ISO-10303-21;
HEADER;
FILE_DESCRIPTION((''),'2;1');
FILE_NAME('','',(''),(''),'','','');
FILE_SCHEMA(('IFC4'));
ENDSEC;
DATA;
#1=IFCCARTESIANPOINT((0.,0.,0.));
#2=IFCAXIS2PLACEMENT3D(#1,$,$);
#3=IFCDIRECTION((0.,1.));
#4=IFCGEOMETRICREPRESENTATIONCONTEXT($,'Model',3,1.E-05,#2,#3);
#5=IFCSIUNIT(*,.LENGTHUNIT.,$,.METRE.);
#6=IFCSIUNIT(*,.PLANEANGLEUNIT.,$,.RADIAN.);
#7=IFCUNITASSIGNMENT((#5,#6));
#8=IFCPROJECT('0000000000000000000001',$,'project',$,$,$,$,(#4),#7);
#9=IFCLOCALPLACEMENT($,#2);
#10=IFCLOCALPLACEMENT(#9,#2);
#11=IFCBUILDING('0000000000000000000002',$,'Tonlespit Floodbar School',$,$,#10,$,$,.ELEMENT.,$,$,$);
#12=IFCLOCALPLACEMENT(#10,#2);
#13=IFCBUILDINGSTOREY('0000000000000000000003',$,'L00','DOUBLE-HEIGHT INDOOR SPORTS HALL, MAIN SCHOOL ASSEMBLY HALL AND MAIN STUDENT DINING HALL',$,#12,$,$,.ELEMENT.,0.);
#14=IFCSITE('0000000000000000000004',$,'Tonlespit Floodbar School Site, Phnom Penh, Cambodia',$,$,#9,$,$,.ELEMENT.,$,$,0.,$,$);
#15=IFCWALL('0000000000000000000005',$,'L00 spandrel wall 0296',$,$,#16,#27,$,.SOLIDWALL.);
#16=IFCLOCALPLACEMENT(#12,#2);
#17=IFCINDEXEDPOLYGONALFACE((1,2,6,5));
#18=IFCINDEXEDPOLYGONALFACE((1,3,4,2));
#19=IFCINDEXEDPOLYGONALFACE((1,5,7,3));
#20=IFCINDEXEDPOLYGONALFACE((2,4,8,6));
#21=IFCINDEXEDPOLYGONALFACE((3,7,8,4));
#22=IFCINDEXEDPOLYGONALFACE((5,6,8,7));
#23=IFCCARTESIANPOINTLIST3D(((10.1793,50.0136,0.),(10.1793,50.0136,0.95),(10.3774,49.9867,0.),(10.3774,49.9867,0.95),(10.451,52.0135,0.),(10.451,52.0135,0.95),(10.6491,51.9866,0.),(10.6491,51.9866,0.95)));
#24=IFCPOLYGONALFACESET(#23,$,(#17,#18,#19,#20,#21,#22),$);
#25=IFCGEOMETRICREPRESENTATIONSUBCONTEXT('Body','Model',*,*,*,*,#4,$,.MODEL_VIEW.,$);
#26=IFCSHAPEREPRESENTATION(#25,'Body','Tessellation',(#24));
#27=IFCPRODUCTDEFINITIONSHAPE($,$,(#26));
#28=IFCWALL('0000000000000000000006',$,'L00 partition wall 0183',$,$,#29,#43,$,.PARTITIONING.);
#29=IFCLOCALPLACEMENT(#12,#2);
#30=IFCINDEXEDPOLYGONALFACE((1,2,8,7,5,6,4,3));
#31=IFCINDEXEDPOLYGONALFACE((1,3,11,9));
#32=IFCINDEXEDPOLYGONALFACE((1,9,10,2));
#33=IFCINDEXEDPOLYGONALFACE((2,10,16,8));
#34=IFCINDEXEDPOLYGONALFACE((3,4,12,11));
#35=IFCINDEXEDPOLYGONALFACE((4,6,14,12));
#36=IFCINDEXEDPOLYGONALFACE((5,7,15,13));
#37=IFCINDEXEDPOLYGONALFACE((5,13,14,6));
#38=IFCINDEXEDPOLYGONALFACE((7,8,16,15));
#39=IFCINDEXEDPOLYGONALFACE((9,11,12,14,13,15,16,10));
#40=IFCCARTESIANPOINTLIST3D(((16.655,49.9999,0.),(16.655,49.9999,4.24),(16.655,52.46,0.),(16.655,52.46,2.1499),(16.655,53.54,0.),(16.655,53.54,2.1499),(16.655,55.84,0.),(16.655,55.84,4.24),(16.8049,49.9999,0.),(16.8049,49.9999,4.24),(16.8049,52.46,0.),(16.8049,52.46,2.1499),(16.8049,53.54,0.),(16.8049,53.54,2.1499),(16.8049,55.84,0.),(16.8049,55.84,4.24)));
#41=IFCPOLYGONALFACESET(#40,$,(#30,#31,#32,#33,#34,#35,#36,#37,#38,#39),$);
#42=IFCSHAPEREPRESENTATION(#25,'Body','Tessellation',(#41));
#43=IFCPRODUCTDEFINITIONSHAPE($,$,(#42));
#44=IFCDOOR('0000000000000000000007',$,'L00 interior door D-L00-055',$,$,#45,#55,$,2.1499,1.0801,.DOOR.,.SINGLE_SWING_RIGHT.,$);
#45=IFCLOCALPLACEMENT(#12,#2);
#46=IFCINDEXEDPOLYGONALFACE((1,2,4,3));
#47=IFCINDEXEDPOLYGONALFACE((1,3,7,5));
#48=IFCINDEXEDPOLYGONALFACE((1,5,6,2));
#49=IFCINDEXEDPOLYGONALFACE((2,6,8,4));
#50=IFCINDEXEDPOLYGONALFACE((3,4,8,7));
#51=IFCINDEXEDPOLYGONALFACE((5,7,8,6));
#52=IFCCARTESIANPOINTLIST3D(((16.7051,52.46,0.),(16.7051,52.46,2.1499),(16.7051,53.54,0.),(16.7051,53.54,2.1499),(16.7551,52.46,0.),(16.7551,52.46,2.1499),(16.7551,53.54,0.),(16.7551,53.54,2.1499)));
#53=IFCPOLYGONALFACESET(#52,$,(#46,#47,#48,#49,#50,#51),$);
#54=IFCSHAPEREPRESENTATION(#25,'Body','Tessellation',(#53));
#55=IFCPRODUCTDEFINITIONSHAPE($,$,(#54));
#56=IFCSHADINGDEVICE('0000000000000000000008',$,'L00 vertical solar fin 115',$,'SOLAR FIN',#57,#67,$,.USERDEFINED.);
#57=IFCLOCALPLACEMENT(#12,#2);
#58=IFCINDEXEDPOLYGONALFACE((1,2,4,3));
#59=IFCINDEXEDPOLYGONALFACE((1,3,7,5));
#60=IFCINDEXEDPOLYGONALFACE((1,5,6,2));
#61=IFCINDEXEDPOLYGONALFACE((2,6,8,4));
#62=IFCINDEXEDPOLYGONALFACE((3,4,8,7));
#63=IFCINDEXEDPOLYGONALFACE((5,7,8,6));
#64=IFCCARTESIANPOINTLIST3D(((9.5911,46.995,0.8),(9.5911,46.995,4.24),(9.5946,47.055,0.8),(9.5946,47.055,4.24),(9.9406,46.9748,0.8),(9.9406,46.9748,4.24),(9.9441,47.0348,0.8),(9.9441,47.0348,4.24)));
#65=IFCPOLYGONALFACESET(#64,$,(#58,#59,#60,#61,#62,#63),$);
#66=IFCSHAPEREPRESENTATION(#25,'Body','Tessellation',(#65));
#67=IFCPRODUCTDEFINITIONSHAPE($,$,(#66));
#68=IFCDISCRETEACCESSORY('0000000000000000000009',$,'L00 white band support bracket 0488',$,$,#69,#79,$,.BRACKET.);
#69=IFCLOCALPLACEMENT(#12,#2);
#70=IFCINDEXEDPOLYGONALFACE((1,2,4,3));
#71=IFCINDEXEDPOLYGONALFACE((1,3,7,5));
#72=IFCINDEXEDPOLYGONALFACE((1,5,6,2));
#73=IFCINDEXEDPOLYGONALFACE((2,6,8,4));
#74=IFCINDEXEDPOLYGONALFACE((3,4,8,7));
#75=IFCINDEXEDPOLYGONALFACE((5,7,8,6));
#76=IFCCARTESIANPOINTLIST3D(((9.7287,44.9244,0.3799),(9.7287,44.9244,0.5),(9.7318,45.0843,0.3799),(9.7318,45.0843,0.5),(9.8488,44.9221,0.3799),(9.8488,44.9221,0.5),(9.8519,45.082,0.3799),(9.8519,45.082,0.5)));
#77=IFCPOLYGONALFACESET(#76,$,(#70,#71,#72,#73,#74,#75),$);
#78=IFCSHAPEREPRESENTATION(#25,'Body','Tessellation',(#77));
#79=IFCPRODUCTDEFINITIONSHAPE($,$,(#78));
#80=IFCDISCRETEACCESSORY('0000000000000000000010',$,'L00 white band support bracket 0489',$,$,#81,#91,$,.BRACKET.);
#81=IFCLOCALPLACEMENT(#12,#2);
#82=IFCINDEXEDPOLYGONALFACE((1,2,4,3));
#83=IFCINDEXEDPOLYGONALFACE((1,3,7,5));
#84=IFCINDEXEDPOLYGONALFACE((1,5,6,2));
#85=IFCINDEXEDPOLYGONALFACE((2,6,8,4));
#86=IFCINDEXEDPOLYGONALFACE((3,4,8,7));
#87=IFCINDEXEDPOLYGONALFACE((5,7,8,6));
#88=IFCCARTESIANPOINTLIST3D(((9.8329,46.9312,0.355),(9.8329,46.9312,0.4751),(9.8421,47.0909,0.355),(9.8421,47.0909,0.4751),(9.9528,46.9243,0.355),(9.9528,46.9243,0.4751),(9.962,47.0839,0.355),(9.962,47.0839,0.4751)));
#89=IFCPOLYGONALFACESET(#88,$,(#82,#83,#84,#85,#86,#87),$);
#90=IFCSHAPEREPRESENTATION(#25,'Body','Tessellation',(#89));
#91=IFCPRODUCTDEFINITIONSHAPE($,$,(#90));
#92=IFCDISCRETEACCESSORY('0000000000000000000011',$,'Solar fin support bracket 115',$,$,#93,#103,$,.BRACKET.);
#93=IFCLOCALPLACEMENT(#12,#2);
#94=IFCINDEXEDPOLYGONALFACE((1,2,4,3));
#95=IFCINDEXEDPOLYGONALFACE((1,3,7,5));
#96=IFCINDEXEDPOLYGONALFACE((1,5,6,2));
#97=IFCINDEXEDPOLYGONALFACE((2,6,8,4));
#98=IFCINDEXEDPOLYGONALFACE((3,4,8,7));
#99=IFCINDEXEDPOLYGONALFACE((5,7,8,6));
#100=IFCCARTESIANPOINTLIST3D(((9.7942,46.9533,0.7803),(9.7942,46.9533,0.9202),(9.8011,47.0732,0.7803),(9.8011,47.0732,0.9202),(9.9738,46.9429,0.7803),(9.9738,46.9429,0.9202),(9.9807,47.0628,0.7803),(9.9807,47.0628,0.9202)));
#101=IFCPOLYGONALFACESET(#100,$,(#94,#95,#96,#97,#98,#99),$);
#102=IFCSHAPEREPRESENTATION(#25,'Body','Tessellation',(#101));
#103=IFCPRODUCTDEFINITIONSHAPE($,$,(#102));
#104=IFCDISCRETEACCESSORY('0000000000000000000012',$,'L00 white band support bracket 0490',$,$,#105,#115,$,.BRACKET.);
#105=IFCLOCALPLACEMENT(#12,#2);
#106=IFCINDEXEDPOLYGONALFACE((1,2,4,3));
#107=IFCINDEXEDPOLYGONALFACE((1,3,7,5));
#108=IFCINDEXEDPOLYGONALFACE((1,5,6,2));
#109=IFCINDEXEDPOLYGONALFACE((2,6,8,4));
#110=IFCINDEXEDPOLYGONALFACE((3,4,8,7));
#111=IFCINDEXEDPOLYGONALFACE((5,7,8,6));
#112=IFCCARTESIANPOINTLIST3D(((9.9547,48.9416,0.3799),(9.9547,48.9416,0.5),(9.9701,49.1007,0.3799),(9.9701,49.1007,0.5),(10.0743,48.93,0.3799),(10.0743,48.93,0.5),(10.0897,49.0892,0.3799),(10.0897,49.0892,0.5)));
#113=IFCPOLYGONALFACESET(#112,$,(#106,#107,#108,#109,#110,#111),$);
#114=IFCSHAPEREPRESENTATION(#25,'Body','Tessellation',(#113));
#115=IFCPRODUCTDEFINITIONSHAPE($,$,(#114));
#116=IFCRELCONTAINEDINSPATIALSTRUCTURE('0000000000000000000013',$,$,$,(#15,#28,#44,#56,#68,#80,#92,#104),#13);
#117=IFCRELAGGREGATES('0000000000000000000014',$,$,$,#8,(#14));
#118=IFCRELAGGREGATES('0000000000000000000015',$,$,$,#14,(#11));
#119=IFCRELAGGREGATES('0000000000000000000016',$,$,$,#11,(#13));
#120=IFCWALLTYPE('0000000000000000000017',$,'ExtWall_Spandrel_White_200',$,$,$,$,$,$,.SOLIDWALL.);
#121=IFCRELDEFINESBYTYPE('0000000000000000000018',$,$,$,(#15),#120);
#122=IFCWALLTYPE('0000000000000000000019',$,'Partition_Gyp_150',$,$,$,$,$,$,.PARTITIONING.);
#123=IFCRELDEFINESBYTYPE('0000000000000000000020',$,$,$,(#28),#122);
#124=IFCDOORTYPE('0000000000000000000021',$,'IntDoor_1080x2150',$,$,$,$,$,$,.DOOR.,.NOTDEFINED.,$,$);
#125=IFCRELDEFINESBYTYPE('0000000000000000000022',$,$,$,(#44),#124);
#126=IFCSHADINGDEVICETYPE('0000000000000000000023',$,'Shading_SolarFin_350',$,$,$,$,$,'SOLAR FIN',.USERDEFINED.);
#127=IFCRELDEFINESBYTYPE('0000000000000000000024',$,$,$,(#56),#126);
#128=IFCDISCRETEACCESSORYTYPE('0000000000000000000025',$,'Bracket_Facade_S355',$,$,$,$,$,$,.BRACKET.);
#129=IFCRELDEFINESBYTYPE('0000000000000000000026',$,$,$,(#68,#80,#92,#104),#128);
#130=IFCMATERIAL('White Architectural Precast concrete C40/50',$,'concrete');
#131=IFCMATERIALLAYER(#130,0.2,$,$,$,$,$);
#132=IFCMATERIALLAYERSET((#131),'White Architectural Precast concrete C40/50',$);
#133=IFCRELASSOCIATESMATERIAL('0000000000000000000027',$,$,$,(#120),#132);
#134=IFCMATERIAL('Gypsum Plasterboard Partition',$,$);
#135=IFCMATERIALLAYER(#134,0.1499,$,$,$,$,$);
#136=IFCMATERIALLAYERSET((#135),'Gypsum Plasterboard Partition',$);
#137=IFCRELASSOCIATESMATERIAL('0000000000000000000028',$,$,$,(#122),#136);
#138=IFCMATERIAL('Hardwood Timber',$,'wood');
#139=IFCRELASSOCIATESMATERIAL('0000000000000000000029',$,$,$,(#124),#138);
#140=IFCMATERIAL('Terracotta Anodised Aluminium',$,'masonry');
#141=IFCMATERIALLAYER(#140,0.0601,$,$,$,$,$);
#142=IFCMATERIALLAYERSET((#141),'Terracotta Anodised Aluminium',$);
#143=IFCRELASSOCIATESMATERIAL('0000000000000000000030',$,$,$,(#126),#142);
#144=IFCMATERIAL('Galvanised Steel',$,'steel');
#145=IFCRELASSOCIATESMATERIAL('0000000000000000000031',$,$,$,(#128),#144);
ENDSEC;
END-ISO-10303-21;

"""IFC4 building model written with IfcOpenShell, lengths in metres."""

from ifc_helpers import new_model, si_unit, direction, frame, frame_2d, origin, origin_2d, place, context, subcontext, project, spatial, rectangle, extrude, material, layer, layer_set, type_object, element, fill, save


model = new_model("IFC4")

# Units and contexts
model_context = context("Model", 3, precision=1e-05, world=origin(), true_north=direction((0.0, 1.0)))
body_context = subcontext(model_context, "Body", "Model", "MODEL_VIEW")
ifc_project = project(units=[si_unit("LENGTHUNIT", "METRE"), si_unit("PLANEANGLEUNIT", "RADIAN")], contexts=[model_context])

# Site, building, storey
site_placement = place(None, origin())
site = spatial("IfcSite", under=ifc_project, at=site_placement, Name="Tonlespit Floodbar School Site, Phnom Penh, Cambodia", CompositionType="ELEMENT", RefElevation=0.0)
building_placement = place(site_placement, origin())
building = spatial("IfcBuilding", under=site, at=building_placement, Name="Tonlespit Floodbar School", CompositionType="ELEMENT")
storey_placement = place(building_placement, origin())
storey = spatial("IfcBuildingStorey", under=building, at=storey_placement, Name="L00", Description="DOUBLE-HEIGHT INDOOR SPORTS HALL, MAIN SCHOOL ASSEMBLY HALL AND MAIN STUDENT DINING HALL", CompositionType="ELEMENT", Elevation=0.0)

# Wall
ifc_material_1 = material(Name="White Architectural Precast concrete C40/50", Category="concrete")
ifc_layer_1 = layer(ifc_material_1, 0.2)
ifc_layer_set_1 = layer_set([ifc_layer_1], Name="White Architectural Precast concrete C40/50")
wall_type_1 = type_object("IfcWallType", Name="ExtWall_Spandrel_White_200", PredefinedType="SOLIDWALL", material=ifc_layer_set_1)
wall_1_placement = place(storey_placement, frame((10.2783, 50.0, 0.0), z_axis=(0.0, 0.0, 1.0), x_axis=(0.134627, 0.990896, 0.0)))
element("IfcWall", 1, at=wall_1_placement, inside=storey, type_object=wall_type_1, Name="L00 spandrel wall 0296", PredefinedType="SOLIDWALL", context=body_context, shape_type="SweptSolid", body=[
    extrude(rectangle(XDim=2.0183, YDim=0.2, at=frame_2d((1.0093, 0.0))), origin(), (0.0, 0.0, 1.0), 0.95),
])

# Wall, opening, door
ifc_material_2 = material(Name="Gypsum Plasterboard Partition")
ifc_layer_2 = layer(ifc_material_2, 0.1499)
ifc_layer_set_2 = layer_set([ifc_layer_2], Name="Gypsum Plasterboard Partition")
wall_type_2 = type_object("IfcWallType", Name="Partition_Gyp_150", PredefinedType="PARTITIONING", material=ifc_layer_set_2)
wall_2_placement = place(storey_placement, frame((16.73, 50.0, 0.0), z_axis=(0.0, 0.0, 1.0), x_axis=(0.0, 1.0, 0.0)))
wall_2 = element("IfcWall", 2, at=wall_2_placement, inside=storey, type_object=wall_type_2, Name="L00 partition wall 0183", PredefinedType="PARTITIONING", context=body_context, shape_type="SweptSolid", body=[
    extrude(rectangle(XDim=5.8401, YDim=0.1499, at=frame_2d((2.9199, 0.0))), origin(), (0.0, 0.0, 1.0), 4.24),
])
opening_placement = place(wall_2_placement, frame((2.46, 0.0, 0.0)))
opening = element("IfcOpeningElement", 3, at=opening_placement, cuts=wall_2, PredefinedType="OPENING", context=body_context, shape_type="SweptSolid", body=[
    extrude(rectangle(XDim=1.0801, YDim=2.1499, at=frame_2d((0.54, 1.075))), frame((0.0, 0.085, 0.0), z_axis=(0.0, -1.0, 0.0), x_axis=(1.0, 0.0, 0.0)), (0.0, 0.0, 1.0), 0.1699),
])
ifc_material_3 = material(Name="Hardwood Timber", Category="wood")
door_type = type_object("IfcDoorType", Name="IntDoor_1080x2150", OperationType="NOTDEFINED", PredefinedType="DOOR", material=ifc_material_3)
door_placement = place(opening_placement, origin())
door = element("IfcDoor", 4, at=door_placement, inside=storey, type_object=door_type, Name="L00 interior door D-L00-055", OperationType="SINGLE_SWING_RIGHT", OverallHeight=2.1499, OverallWidth=1.0801, PredefinedType="DOOR", context=body_context, shape_type="SweptSolid", body=[
    extrude(rectangle(XDim=1.0801, YDim=2.1499, at=frame_2d((0.54, 1.075))), frame((0.0, 0.0249, 0.0), z_axis=(0.0, -1.0, 0.0), x_axis=(1.0, 0.0, 0.0)), (0.0, 0.0, 1.0), 0.05),
])
fill(opening, door)

# Shading device
ifc_material_4 = material(Name="Terracotta Anodised Aluminium", Category="masonry")
ifc_layer_3 = layer(ifc_material_4, 0.0601)
ifc_layer_set_3 = layer_set([ifc_layer_3], Name="Terracotta Anodised Aluminium")
shading_device_type = type_object("IfcShadingDeviceType", Name="Shading_SolarFin_350", ElementType="SOLAR FIN", PredefinedType="USERDEFINED", material=ifc_layer_set_3)
shading_device_placement = place(storey_placement, frame((9.7676, 47.0149, 0.8), z_axis=(0.0, 0.0, 1.0), x_axis=(0.057703, 0.998334, 0.0)))
element("IfcShadingDevice", 5, at=shading_device_placement, inside=storey, type_object=shading_device_type, Name="L00 vertical solar fin 115", ObjectType="SOLAR FIN", PredefinedType="USERDEFINED", context=body_context, shape_type="SweptSolid", body=[
    extrude(rectangle(XDim=0.0601, YDim=0.3501, at=origin_2d()), origin(), (0.0, 0.0, 1.0), 3.4399),
])

# Discrete accessories
ifc_material_5 = material(Name="Galvanised Steel", Category="steel")
discrete_accessory_type = type_object("IfcDiscreteAccessoryType", Name="Bracket_Facade_S355", PredefinedType="BRACKET", material=ifc_material_5)
for number, where, z_axis, x_axis, name in (
    (6, (9.7903, 45.0032, 0.3799), (0.0, 0.0, 1.0), (0.019246, 0.999815, 0.0), "L00 white band support bracket 0488"),
    (7, (9.8975, 47.0076, 0.355), (0.0, 0.0, 1.0), (0.057703, 0.998334, 0.0), "L00 white band support bracket 0489"),
):
    element("IfcDiscreteAccessory", number, at=place(storey_placement, frame(where, z_axis=z_axis, x_axis=x_axis)), inside=storey, type_object=discrete_accessory_type, Name=name, PredefinedType="BRACKET", context=body_context, shape_type="SweptSolid", body=[
        extrude(rectangle(XDim=0.1599, YDim=0.1201, at=origin_2d()), origin(), (0.0, 0.0, 1.0), 0.1201),
    ])
discrete_accessory_1_placement = place(storey_placement, frame((9.8875, 47.0081, 0.7803), z_axis=(0.0, 0.0, 1.0), x_axis=(0.057703, 0.998334, 0.0)))
element("IfcDiscreteAccessory", 8, at=discrete_accessory_1_placement, inside=storey, type_object=discrete_accessory_type, Name="Solar fin support bracket 115", PredefinedType="BRACKET", context=body_context, shape_type="SweptSolid", body=[
    extrude(rectangle(XDim=0.1201, YDim=0.1799, at=origin_2d()), origin(), (0.0, 0.0, 1.0), 0.1399),
])
discrete_accessory_2_placement = place(storey_placement, frame((10.0222, 49.0154, 0.3799), z_axis=(0.0, 0.0, 1.0), x_axis=(0.096153, 0.995367, 0.0)))
element("IfcDiscreteAccessory", 9, at=discrete_accessory_2_placement, inside=storey, type_object=discrete_accessory_type, Name="L00 white band support bracket 0490", PredefinedType="BRACKET", context=body_context, shape_type="SweptSolid", body=[
    extrude(rectangle(XDim=0.1599, YDim=0.1201, at=origin_2d()), origin(), (0.0, 0.0, 1.0), 0.1201),
])

save(model, "model.ifc")
